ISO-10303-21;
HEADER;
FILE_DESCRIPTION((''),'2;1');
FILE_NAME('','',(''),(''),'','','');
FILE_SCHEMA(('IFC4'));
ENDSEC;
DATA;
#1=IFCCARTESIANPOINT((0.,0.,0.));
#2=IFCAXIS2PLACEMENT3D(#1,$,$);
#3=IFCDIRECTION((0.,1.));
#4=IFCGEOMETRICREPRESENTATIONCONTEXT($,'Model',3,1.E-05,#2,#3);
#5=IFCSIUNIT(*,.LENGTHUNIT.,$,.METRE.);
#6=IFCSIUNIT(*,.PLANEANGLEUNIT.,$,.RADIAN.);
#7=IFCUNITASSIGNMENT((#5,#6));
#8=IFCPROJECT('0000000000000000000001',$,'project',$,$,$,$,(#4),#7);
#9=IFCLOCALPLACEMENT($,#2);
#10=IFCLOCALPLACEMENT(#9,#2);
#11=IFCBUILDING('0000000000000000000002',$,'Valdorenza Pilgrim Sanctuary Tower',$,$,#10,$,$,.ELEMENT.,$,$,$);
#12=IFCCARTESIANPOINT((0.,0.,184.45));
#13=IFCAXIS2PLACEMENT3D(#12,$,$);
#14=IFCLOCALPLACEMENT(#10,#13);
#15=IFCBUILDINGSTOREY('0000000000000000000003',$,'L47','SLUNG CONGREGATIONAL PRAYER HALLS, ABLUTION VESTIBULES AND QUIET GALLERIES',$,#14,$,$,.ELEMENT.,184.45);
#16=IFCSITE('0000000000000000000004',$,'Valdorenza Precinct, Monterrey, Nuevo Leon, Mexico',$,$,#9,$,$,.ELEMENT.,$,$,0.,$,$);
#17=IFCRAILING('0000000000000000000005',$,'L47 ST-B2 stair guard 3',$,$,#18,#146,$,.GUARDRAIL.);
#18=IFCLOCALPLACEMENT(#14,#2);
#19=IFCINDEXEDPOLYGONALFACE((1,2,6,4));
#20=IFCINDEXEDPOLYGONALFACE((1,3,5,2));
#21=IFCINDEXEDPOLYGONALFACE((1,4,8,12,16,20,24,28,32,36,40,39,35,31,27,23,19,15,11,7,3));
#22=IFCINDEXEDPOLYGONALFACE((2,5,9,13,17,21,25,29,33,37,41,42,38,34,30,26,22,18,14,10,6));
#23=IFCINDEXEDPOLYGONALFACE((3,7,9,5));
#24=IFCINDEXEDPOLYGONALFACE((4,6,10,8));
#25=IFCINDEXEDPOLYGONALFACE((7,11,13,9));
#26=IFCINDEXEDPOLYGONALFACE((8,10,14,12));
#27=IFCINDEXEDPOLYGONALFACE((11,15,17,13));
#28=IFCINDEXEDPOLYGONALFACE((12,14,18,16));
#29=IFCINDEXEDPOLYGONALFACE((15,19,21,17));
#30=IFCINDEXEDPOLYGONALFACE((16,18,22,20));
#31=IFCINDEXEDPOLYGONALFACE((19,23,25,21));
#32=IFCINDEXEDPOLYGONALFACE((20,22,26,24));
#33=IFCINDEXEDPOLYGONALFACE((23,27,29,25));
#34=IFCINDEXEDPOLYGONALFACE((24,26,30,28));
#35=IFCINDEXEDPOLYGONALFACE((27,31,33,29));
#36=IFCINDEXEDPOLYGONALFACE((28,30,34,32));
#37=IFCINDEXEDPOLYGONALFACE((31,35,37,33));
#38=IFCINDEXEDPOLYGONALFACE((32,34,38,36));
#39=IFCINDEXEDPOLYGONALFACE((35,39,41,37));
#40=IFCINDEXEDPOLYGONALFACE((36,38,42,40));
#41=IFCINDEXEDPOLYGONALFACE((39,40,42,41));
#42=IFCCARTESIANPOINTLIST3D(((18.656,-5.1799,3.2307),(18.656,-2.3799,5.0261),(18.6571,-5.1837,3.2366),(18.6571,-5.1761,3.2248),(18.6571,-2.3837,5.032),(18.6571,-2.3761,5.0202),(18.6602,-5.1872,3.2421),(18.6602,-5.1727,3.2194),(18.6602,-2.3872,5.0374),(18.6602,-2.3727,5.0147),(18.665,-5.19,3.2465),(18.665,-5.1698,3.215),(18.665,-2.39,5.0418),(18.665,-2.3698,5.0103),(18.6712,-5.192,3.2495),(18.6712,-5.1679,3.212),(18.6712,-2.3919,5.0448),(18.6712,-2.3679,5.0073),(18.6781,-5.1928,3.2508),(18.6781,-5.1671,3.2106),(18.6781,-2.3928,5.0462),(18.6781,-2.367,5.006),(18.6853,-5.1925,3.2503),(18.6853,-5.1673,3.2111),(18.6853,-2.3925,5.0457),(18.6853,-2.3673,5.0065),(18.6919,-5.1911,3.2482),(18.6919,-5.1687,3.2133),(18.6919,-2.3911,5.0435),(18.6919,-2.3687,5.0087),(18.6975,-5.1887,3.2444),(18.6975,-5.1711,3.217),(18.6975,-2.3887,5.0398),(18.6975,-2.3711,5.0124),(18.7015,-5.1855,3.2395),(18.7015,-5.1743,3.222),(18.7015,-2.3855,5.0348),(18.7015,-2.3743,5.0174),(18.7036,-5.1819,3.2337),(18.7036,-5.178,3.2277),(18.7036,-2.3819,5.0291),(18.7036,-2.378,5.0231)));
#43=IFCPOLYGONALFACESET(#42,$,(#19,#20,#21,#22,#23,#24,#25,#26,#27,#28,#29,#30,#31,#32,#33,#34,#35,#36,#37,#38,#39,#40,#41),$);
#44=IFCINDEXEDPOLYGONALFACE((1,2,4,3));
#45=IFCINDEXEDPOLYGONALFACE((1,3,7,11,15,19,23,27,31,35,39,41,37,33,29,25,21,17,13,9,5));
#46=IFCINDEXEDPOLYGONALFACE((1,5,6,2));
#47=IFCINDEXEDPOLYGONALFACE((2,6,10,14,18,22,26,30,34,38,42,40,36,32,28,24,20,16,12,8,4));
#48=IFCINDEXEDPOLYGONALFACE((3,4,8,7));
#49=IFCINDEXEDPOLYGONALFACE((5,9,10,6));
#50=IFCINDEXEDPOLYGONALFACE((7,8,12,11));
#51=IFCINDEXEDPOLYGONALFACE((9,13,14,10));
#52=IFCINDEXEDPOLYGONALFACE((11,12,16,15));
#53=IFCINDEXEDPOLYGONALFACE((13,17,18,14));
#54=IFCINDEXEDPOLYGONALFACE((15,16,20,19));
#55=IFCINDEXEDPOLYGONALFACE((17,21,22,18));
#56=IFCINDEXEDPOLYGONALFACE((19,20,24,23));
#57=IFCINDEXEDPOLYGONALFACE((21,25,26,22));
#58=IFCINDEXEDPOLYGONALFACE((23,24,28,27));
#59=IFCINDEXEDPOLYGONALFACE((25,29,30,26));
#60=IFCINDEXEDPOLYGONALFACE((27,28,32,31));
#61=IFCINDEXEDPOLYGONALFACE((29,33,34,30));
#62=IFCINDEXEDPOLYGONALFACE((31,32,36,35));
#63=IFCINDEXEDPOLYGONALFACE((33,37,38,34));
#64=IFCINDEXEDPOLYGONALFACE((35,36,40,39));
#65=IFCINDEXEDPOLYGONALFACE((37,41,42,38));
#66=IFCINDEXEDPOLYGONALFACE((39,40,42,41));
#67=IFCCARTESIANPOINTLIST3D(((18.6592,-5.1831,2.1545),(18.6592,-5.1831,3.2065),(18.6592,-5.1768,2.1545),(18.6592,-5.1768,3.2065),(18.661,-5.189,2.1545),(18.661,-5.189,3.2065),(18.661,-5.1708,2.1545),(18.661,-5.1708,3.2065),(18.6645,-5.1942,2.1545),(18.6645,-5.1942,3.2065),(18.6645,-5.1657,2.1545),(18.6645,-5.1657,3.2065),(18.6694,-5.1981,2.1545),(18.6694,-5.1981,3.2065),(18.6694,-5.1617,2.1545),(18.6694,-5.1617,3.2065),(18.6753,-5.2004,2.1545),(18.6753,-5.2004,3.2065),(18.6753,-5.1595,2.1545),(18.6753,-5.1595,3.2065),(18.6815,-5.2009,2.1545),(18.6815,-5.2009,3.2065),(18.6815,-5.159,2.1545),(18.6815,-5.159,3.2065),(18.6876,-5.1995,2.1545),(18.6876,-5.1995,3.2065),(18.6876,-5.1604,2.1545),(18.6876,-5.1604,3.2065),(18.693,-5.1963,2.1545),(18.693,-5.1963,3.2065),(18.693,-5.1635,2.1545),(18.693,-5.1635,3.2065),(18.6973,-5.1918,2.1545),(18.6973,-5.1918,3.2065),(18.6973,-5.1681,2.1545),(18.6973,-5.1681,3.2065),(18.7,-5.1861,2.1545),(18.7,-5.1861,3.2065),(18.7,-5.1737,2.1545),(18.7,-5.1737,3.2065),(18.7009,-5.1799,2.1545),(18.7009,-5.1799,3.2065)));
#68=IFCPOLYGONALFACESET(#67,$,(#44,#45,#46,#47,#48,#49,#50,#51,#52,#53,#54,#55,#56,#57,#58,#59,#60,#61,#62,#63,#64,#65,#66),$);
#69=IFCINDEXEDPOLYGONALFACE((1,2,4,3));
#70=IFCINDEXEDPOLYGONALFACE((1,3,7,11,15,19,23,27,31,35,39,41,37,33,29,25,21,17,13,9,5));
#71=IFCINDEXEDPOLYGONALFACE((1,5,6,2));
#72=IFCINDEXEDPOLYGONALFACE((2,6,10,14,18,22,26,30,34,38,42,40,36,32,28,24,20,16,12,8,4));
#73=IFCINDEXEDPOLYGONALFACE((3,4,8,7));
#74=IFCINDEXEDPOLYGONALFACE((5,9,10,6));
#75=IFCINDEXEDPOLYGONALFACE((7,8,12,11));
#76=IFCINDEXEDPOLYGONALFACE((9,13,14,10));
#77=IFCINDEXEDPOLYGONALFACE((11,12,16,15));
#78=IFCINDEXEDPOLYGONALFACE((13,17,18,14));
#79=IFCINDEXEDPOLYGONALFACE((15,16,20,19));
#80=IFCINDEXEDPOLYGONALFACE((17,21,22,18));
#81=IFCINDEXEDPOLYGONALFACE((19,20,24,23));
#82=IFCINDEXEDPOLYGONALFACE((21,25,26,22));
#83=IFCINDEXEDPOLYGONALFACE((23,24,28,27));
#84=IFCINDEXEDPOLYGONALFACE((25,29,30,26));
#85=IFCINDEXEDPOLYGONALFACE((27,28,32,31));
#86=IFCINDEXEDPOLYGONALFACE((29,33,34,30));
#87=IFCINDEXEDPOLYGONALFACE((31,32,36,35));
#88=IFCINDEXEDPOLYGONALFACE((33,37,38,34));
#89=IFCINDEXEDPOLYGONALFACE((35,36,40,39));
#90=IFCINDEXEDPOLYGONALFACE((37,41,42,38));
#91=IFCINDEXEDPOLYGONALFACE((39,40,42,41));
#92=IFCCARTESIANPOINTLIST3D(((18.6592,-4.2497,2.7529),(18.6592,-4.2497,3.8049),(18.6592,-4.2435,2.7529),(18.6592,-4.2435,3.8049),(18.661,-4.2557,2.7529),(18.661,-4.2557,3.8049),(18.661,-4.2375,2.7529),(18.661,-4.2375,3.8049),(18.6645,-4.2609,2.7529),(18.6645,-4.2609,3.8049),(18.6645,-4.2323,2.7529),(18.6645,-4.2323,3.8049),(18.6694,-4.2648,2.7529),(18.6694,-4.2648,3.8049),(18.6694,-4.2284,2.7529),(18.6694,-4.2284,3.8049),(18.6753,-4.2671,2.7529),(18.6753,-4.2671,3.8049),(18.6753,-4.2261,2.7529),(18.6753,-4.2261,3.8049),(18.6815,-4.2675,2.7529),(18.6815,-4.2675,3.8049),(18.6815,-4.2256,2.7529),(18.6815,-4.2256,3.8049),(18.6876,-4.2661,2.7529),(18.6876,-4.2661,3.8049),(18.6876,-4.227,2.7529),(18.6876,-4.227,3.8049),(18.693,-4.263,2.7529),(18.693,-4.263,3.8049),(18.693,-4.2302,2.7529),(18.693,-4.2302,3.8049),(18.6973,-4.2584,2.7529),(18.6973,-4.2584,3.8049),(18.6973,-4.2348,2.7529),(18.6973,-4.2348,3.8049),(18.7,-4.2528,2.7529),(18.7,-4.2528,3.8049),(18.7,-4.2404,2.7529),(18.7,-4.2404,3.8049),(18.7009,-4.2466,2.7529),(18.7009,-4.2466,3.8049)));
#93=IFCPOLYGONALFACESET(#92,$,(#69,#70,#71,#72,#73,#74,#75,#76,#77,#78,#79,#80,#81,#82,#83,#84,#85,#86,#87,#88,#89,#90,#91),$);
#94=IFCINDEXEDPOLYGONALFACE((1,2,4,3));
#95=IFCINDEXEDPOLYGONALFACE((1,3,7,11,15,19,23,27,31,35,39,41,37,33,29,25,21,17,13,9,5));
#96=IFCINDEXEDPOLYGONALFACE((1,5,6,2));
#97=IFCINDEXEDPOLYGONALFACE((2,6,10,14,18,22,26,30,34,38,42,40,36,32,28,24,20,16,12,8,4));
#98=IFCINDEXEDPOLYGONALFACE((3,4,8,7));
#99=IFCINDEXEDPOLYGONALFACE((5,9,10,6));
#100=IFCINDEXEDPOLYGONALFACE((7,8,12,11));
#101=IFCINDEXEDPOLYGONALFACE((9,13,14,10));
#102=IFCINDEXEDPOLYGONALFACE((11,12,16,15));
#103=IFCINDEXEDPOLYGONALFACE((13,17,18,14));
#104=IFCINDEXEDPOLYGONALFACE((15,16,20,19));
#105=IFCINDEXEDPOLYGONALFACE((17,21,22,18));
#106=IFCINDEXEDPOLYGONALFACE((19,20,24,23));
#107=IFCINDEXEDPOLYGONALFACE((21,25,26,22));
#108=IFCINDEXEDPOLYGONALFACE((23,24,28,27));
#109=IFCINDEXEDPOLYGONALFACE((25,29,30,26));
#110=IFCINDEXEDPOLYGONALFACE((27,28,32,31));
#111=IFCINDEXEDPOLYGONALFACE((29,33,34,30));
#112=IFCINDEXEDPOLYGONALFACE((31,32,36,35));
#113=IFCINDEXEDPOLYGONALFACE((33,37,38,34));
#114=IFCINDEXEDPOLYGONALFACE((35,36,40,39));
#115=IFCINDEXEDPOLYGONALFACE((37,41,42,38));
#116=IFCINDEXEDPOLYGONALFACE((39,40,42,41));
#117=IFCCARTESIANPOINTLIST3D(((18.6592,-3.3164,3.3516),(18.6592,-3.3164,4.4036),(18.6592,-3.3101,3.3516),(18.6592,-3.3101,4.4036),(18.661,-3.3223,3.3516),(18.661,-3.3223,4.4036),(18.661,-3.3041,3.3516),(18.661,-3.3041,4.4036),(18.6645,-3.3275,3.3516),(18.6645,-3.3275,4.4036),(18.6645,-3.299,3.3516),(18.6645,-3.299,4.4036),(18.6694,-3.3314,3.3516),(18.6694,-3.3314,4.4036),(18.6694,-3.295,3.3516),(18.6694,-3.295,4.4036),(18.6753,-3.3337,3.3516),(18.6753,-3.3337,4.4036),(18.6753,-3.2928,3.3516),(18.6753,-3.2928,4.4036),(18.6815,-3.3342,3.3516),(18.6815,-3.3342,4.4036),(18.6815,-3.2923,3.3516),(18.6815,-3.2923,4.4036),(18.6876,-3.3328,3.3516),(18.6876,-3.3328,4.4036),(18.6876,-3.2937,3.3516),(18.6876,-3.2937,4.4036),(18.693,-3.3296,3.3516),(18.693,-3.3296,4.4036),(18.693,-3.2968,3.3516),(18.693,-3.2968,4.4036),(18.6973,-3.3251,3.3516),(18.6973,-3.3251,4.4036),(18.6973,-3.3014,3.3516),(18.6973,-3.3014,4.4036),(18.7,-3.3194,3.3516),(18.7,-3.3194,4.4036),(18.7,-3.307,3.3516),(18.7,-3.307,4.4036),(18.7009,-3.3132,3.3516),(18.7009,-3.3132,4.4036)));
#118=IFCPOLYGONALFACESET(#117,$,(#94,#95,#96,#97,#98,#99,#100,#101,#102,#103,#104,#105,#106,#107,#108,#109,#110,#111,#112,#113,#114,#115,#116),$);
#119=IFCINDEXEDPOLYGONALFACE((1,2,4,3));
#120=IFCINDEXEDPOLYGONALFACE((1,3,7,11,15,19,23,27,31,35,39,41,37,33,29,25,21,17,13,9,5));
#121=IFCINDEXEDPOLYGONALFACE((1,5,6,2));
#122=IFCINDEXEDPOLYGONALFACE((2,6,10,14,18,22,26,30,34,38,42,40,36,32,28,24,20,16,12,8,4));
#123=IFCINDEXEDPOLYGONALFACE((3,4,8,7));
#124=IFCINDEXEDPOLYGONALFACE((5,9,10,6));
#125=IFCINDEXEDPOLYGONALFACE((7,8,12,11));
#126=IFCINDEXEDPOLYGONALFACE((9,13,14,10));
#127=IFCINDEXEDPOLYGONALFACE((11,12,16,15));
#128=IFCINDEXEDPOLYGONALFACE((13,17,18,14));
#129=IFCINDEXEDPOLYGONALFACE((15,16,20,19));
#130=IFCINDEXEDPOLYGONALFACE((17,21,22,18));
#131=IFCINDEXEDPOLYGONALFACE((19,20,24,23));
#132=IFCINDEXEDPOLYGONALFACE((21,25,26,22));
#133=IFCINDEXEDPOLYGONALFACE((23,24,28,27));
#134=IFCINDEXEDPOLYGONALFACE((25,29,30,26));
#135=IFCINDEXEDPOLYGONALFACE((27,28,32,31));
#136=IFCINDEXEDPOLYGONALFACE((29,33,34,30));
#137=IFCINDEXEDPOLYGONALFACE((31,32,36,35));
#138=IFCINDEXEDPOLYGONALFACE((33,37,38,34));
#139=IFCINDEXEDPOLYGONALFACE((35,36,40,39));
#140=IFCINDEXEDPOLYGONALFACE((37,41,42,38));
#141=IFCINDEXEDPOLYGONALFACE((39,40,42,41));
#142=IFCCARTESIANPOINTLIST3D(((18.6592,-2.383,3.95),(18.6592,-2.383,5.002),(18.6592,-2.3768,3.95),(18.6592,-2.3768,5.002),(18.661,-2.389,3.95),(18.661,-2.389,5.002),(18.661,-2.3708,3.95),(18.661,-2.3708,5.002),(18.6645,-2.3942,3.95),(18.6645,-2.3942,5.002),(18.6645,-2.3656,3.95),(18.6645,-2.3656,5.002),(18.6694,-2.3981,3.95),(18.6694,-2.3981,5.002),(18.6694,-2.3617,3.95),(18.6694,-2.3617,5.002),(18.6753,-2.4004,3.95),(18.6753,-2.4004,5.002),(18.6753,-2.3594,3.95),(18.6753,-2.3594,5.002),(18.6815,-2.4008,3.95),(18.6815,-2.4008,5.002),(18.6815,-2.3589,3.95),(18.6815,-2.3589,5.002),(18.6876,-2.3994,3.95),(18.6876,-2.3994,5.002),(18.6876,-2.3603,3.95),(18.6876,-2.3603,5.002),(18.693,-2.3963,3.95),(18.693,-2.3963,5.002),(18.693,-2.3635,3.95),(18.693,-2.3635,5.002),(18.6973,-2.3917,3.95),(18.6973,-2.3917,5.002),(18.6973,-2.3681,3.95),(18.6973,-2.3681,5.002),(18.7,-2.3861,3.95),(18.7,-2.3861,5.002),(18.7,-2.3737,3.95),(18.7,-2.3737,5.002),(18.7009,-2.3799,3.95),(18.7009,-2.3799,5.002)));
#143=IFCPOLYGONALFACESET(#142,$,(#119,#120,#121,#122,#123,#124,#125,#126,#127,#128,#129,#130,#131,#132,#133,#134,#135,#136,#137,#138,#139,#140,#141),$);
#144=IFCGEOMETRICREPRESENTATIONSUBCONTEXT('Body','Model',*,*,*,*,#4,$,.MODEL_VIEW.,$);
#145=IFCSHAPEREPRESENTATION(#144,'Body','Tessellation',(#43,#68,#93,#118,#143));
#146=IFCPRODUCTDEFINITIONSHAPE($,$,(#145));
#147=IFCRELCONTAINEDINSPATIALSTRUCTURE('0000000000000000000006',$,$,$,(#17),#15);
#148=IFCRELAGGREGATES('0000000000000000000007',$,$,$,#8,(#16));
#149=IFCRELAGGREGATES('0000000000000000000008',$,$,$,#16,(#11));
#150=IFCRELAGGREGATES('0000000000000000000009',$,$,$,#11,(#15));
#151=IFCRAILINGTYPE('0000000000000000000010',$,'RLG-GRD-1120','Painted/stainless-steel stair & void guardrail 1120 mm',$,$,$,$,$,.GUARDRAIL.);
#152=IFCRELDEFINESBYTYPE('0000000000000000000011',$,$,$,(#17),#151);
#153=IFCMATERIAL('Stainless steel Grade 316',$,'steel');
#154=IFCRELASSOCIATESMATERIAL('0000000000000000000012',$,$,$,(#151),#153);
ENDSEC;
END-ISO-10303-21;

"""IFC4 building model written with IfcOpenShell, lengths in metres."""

from ifc_helpers import new_model, si_unit, direction, frame, origin, origin_2d, place, context, subcontext, project, spatial, circle, extrude, material, type_object, element, save


model = new_model("IFC4")

# Units and contexts
model_context = context("Model", 3, precision=1e-05, world=origin(), true_north=direction((0.0, 1.0)))
body_context = subcontext(model_context, "Body", "Model", "MODEL_VIEW")
ifc_project = project(units=[si_unit("LENGTHUNIT", "METRE"), si_unit("PLANEANGLEUNIT", "RADIAN")], contexts=[model_context])

# Site, building, storey
site_placement = place(None, origin())
site = spatial("IfcSite", under=ifc_project, at=site_placement, Name="Valdorenza Precinct, Monterrey, Nuevo Leon, Mexico", CompositionType="ELEMENT", RefElevation=0.0)
building_placement = place(site_placement, origin())
building = spatial("IfcBuilding", under=site, at=building_placement, Name="Valdorenza Pilgrim Sanctuary Tower", CompositionType="ELEMENT")
storey_placement = place(building_placement, frame((0.0, 0.0, 184.45)))
storey = spatial("IfcBuildingStorey", under=building, at=storey_placement, Name="L47", Description="SLUNG CONGREGATIONAL PRAYER HALLS, ABLUTION VESTIBULES AND QUIET GALLERIES", CompositionType="ELEMENT", Elevation=184.45)

# Railing
ifc_material_1 = material(Name="Stainless steel Grade 316", Category="steel")
railing_type_1 = type_object("IfcRailingType", Name="RLG-GRD-1120", Description="Painted/stainless-steel stair & void guardrail 1120 mm", PredefinedType="GUARDRAIL", material=ifc_material_1)
railing_1_placement = place(storey_placement, frame((18.6799, -5.1799, 2.1545)))
element("IfcRailing", 1, at=railing_1_placement, inside=storey, type_object=railing_type_1, Name="L47 ST-B2 stair guard 3", PredefinedType="GUARDRAIL", context=body_context, shape_type="SweptSolid", body=[
    extrude(circle(Radius=0.0239, at=origin_2d()), frame((0.0, 0.0, 1.0762), z_axis=(0.0, 0.84181, 0.539774), x_axis=(-1.0, 0.0, 0.0)), (0.0, 0.0, 1.0), 3.3262),
    extrude(circle(Radius=0.021, at=origin_2d()), origin(), (0.0, 0.0, 1.0), 1.052),
    extrude(circle(Radius=0.021, at=origin_2d()), frame((0.0, 0.9333, 0.5984)), (0.0, 0.0, 1.0), 1.052),
    extrude(circle(Radius=0.021, at=origin_2d()), frame((0.0, 1.8667, 1.197)), (0.0, 0.0, 1.0), 1.052),
    extrude(circle(Radius=0.021, at=origin_2d()), frame((0.0, 2.8, 1.7954)), (0.0, 0.0, 1.0), 1.052),
])

save(model, "model.ifc")
